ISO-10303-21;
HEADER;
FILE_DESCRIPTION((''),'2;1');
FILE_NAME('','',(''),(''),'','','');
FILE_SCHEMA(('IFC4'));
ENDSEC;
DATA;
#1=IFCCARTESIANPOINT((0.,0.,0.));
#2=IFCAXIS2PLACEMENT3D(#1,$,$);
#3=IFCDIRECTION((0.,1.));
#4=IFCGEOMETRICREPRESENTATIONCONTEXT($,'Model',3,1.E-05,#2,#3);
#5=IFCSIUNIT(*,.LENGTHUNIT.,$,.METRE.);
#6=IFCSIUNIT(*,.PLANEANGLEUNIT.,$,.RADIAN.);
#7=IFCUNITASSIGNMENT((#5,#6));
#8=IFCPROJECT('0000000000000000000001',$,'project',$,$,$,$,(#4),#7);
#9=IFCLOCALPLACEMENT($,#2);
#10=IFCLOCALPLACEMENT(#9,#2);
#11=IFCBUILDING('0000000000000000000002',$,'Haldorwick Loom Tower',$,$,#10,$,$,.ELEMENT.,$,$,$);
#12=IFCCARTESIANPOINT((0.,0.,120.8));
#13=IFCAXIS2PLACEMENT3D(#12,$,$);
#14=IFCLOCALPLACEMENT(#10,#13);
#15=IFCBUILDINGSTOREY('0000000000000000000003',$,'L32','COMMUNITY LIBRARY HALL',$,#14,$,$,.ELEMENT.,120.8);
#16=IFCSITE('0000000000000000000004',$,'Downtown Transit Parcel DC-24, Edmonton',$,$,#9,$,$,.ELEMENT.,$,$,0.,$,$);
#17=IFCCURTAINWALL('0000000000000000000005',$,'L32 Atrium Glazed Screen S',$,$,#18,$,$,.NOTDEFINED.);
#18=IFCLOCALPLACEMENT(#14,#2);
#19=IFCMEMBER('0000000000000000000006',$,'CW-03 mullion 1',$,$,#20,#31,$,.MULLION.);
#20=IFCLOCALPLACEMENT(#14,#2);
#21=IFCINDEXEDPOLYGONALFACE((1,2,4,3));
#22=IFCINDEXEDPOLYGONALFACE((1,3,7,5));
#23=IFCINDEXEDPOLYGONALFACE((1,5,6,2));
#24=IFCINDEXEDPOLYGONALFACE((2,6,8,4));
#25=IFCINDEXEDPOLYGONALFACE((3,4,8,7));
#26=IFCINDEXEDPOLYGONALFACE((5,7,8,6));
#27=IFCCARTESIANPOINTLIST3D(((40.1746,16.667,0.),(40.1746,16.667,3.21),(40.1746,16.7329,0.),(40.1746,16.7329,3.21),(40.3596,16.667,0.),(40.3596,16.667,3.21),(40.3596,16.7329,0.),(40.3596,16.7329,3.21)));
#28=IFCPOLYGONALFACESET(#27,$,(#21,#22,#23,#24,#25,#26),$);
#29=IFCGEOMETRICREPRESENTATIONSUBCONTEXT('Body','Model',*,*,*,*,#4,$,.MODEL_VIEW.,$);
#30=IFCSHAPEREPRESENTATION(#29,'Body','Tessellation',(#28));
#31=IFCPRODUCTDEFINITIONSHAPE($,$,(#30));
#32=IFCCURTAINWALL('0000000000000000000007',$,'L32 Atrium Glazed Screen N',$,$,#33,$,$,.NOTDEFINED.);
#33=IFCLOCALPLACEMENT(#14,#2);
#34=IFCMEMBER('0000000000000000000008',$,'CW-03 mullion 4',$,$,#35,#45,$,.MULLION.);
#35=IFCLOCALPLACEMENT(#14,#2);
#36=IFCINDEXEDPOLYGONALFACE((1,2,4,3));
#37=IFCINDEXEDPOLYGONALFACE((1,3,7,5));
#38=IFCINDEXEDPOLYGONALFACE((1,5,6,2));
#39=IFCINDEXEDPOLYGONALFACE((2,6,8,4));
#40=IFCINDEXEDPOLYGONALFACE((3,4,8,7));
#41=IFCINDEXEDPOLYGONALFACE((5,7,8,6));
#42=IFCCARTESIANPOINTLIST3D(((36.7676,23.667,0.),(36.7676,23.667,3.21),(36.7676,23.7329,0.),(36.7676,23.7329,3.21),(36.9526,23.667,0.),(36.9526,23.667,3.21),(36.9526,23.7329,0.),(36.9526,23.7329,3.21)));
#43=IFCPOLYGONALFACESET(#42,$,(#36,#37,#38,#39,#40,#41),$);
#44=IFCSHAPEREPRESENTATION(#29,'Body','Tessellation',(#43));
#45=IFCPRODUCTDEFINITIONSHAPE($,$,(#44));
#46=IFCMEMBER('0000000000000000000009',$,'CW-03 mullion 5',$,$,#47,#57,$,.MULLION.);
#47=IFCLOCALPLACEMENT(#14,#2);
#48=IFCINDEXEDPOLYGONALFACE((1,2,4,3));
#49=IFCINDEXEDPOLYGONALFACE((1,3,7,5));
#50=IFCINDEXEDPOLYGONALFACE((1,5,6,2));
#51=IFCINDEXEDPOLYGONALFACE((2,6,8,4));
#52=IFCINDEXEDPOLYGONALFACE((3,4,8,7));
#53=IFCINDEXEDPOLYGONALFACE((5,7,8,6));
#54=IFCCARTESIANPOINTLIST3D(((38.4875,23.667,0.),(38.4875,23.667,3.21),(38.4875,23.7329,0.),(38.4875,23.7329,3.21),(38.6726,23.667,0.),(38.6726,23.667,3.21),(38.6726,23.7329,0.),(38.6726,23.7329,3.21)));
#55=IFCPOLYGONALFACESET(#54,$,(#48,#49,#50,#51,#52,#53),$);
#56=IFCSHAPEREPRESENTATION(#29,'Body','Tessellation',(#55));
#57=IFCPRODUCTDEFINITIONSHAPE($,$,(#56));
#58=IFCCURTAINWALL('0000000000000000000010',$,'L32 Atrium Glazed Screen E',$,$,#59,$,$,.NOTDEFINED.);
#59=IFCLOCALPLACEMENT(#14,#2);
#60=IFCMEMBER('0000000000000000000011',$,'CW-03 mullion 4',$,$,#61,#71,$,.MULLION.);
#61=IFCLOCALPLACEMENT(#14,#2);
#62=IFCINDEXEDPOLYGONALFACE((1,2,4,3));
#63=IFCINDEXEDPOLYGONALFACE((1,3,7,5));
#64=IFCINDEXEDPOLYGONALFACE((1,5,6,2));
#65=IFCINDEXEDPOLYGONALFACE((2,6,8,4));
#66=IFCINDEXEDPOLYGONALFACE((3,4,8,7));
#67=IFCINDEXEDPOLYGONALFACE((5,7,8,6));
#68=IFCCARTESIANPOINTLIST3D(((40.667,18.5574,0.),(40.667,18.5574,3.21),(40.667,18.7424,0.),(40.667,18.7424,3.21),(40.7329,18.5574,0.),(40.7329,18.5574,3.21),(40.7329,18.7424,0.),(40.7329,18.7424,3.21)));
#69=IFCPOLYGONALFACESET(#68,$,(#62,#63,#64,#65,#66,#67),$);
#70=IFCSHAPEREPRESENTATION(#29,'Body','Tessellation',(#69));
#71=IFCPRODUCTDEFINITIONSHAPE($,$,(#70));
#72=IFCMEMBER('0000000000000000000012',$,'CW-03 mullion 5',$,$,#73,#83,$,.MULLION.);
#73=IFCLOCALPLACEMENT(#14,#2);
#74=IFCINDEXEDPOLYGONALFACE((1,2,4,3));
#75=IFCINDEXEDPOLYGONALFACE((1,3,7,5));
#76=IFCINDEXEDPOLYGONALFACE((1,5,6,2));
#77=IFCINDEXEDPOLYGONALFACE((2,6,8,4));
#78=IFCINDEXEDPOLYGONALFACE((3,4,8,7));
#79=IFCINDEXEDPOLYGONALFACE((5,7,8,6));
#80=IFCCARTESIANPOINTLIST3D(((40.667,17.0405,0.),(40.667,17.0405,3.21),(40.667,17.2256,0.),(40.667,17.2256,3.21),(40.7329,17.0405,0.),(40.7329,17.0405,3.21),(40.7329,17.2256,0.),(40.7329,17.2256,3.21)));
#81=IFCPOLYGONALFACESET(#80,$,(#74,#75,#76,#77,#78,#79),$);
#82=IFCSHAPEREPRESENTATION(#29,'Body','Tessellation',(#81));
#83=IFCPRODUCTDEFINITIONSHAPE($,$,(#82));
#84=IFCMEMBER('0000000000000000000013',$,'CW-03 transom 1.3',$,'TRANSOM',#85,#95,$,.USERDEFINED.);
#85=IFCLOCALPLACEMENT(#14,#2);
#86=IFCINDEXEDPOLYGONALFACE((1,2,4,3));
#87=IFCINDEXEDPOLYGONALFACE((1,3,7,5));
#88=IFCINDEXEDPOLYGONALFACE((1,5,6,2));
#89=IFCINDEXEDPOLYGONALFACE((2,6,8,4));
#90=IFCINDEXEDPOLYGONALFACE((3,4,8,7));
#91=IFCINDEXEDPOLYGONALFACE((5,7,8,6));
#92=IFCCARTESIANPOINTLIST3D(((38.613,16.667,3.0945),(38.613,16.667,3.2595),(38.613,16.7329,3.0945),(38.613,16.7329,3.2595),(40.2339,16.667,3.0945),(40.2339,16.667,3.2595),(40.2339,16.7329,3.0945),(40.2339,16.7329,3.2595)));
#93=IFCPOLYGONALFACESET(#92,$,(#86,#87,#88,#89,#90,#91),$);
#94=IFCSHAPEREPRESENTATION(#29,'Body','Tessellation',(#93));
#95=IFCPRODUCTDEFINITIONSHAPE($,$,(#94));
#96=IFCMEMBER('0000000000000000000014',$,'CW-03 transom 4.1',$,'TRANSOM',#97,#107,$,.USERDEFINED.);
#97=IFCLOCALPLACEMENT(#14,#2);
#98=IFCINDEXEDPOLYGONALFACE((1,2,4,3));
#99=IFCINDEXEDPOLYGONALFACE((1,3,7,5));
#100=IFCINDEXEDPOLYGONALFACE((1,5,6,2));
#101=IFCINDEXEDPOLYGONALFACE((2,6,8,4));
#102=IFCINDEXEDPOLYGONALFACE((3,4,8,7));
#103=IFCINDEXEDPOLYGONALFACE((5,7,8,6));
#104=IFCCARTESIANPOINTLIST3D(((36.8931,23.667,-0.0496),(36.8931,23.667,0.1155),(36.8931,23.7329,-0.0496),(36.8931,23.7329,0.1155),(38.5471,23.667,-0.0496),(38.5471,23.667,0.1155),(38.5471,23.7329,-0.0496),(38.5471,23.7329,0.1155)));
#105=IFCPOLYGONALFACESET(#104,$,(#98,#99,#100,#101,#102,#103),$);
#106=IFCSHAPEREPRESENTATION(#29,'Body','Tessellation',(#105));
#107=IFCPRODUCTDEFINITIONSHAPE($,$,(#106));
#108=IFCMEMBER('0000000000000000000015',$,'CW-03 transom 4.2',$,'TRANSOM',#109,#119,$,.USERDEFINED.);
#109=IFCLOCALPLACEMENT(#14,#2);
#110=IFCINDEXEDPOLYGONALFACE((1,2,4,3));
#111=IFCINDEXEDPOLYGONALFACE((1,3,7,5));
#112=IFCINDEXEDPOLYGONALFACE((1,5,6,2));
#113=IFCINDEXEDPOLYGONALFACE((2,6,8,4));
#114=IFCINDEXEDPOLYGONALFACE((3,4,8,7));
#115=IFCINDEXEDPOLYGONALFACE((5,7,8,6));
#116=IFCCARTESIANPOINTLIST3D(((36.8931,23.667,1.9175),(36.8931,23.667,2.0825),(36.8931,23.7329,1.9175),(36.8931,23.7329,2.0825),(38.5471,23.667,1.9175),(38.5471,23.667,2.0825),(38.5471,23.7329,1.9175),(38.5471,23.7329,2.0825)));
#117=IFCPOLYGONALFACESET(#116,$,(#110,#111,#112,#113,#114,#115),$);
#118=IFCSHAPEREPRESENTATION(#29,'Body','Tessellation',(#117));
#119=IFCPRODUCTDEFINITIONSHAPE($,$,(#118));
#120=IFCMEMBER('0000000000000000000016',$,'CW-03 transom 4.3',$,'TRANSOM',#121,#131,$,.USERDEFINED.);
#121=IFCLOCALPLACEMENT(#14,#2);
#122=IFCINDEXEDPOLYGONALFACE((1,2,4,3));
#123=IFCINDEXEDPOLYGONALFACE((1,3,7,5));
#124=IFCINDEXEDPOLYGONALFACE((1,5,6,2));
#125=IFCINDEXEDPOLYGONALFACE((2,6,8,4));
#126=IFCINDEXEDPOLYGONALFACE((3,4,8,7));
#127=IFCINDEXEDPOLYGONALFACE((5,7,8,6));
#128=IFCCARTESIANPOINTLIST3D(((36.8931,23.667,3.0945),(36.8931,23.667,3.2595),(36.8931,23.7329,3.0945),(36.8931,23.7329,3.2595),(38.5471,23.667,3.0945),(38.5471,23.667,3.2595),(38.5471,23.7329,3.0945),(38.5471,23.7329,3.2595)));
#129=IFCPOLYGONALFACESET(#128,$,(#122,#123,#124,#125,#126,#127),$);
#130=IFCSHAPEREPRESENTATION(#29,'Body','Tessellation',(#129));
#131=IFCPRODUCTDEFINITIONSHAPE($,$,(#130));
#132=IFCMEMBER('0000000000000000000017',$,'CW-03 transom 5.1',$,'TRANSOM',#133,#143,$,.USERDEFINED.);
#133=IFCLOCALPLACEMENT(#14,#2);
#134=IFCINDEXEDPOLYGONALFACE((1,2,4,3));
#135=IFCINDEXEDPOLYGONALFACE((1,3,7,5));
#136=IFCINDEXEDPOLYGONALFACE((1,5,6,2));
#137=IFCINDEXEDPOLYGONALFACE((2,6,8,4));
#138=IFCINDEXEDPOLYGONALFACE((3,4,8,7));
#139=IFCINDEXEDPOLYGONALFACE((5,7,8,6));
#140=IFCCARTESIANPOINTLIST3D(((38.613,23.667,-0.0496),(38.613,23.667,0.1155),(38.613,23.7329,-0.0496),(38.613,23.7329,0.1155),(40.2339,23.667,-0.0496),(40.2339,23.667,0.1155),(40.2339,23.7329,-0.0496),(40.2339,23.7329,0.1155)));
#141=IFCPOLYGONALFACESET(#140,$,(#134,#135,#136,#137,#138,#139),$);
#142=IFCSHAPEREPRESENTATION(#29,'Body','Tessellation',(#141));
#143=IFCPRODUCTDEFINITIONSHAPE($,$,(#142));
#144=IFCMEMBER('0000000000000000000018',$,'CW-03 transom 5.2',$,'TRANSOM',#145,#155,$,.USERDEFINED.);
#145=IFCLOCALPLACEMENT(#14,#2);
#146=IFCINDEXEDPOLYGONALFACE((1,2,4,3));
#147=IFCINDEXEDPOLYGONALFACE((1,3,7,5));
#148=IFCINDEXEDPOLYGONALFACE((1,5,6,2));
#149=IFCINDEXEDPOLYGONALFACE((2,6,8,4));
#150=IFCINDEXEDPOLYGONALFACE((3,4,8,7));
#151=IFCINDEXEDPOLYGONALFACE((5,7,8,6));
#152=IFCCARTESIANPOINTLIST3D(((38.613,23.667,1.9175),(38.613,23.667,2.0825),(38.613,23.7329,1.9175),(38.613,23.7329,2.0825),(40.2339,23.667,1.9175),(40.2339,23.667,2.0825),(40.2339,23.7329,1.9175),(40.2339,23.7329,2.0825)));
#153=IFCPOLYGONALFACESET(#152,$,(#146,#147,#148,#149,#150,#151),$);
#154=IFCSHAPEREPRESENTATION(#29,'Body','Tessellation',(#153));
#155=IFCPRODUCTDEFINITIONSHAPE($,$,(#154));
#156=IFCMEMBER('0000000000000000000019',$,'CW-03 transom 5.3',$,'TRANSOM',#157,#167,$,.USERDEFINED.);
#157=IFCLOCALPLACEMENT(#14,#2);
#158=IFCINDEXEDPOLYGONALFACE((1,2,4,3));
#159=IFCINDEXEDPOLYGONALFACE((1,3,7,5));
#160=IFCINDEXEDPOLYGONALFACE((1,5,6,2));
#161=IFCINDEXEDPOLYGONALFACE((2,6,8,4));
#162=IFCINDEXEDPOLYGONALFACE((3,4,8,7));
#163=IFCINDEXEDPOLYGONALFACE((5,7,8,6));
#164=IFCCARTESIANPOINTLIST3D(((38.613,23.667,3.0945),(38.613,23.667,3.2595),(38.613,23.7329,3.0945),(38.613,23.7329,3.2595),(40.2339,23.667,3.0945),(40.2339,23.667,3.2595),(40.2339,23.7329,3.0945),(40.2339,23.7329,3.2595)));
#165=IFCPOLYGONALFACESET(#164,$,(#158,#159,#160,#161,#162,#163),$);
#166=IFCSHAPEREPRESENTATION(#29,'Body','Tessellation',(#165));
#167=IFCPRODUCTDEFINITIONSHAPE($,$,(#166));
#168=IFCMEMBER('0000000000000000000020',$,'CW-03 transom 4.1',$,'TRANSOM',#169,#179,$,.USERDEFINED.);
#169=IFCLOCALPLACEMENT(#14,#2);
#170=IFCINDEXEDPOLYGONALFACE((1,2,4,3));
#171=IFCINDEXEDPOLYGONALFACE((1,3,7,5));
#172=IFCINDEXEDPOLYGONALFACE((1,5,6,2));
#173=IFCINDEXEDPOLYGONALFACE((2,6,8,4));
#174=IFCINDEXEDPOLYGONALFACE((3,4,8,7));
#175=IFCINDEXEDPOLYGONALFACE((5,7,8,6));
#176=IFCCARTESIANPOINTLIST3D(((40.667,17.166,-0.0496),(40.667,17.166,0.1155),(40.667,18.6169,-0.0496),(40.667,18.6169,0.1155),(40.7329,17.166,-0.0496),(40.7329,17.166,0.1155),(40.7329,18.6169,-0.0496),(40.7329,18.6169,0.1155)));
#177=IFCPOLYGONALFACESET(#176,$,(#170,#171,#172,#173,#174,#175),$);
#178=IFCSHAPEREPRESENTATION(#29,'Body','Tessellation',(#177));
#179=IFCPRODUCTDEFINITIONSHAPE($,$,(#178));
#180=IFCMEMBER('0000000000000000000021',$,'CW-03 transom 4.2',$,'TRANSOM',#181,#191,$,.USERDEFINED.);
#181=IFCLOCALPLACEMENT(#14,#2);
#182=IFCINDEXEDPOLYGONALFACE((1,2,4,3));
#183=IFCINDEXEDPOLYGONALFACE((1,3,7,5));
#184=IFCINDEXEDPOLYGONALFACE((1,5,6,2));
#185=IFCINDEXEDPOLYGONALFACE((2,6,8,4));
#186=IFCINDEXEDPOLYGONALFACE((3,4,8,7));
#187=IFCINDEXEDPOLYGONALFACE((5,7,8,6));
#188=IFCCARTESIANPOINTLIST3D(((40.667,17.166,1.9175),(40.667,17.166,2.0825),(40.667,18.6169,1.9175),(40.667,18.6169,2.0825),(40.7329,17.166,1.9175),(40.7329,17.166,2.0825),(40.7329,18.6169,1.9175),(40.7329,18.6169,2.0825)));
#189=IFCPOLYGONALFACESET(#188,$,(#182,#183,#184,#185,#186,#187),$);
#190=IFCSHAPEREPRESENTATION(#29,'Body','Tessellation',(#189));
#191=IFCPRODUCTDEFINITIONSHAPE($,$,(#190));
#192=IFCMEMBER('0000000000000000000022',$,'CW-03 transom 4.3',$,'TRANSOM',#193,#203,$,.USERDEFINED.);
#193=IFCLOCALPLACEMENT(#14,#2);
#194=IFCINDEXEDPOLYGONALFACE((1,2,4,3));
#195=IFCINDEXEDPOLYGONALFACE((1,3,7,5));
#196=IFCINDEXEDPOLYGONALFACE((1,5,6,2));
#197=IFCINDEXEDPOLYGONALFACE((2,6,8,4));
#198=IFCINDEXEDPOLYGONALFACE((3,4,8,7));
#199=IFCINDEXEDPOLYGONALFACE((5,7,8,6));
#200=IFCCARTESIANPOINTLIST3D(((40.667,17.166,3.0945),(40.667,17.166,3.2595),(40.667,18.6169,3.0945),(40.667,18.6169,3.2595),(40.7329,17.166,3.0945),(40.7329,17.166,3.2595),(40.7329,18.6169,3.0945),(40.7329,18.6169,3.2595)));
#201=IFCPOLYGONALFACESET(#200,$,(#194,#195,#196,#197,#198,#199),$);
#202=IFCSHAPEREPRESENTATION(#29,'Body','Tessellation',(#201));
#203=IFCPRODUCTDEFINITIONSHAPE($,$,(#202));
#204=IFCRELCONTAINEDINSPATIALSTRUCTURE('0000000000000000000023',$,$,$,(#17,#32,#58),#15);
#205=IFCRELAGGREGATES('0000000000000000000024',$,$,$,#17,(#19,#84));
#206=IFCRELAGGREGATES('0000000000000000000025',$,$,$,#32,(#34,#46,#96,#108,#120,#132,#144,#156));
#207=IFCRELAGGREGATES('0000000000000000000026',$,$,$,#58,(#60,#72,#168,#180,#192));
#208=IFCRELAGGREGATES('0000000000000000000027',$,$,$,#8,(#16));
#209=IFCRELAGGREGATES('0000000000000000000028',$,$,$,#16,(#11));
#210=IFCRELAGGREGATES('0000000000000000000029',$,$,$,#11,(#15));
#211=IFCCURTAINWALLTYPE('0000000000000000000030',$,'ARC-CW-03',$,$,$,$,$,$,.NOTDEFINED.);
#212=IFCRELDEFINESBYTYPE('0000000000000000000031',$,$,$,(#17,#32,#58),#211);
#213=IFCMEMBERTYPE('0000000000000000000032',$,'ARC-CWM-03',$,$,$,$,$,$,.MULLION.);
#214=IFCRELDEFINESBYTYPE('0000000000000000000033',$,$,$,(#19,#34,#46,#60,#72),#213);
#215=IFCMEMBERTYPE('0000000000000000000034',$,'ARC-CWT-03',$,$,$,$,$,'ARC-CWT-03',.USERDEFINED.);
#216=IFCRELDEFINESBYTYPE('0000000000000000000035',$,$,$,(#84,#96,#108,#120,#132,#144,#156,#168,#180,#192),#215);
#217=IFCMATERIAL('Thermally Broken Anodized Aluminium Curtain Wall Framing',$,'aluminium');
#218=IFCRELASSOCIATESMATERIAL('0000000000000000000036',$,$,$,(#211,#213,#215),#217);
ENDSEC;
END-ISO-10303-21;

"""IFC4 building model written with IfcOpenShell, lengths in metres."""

from ifc_helpers import new_model, si_unit, direction, frame, origin, origin_2d, place, context, subcontext, project, spatial, rectangle, extrude, material, material_profile, profile_set, type_object, element, aggregate, save


model = new_model("IFC4")

# Units and contexts
model_context = context("Model", 3, precision=1e-05, world=origin(), true_north=direction((0.0, 1.0)))
body_context = subcontext(model_context, "Body", "Model", "MODEL_VIEW")
ifc_project = project(units=[si_unit("LENGTHUNIT", "METRE"), si_unit("PLANEANGLEUNIT", "RADIAN")], contexts=[model_context])

# Site, building, storey
site_placement = place(None, origin())
site = spatial("IfcSite", under=ifc_project, at=site_placement, Name="Downtown Transit Parcel DC-24, Edmonton", CompositionType="ELEMENT", RefElevation=0.0)
building_placement = place(site_placement, origin())
building = spatial("IfcBuilding", under=site, at=building_placement, Name="Haldorwick Loom Tower", CompositionType="ELEMENT")
storey_placement = place(building_placement, frame((0.0, 0.0, 120.8)))
storey = spatial("IfcBuildingStorey", under=building, at=storey_placement, Name="L32", Description="COMMUNITY LIBRARY HALL", CompositionType="ELEMENT", Elevation=120.8)

# Curtain wall, member
ifc_material_1 = material(Name="Thermally Broken Anodized Aluminium Curtain Wall Framing", Category="aluminium")
curtain_wall_type = type_object("IfcCurtainWallType", Name="ARC-CW-03", PredefinedType="NOTDEFINED", material=ifc_material_1)
curtain_wall_1_placement = place(storey_placement, origin())
curtain_wall_1 = element("IfcCurtainWall", 1, at=curtain_wall_1_placement, inside=storey, type_object=curtain_wall_type, Name="L32 Atrium Glazed Screen S", PredefinedType="NOTDEFINED")
ifc_material_profile_1 = material_profile(ifc_material_1, rectangle(XDim=0.0659, YDim=0.1851, at=origin_2d()), Name="ALU_MUL_66X185", Category="aluminium")
ifc_profile_set_1 = profile_set([ifc_material_profile_1], Name="Thermally Broken Anodized Aluminium Curtain Wall Framing")
member_type_1 = type_object("IfcMemberType", Name="ARC-CWM-03", PredefinedType="MULLION", material=ifc_profile_set_1)
member_1_placement = place(storey_placement, frame((40.2671, 16.7, 0.0), z_axis=(0.0, 0.0, 1.0), x_axis=(0.0, -1.0, 0.0)))
member_1 = element("IfcMember", 2, at=member_1_placement, type_object=member_type_1, Name="CW-03 mullion 1", PredefinedType="MULLION", context=body_context, shape_type="SweptSolid", body=[
    extrude(rectangle(XDim=0.0659, YDim=0.1851, at=origin_2d()), origin(), (0.0, 0.0, 1.0), 3.21),
])

# Curtain walls, members
curtain_wall_2_placement = place(storey_placement, origin())
curtain_wall_2 = element("IfcCurtainWall", 3, at=curtain_wall_2_placement, inside=storey, type_object=curtain_wall_type, Name="L32 Atrium Glazed Screen N", PredefinedType="NOTDEFINED")
member_2_placement = place(storey_placement, frame((36.8601, 23.7, 0.0), z_axis=(0.0, 0.0, 1.0), x_axis=(0.0, 1.0, 0.0)))
member_2 = element("IfcMember", 4, at=member_2_placement, type_object=member_type_1, Name="CW-03 mullion 4", PredefinedType="MULLION", context=body_context, shape_type="SweptSolid", body=[
    extrude(rectangle(XDim=0.0659, YDim=0.1851, at=origin_2d()), origin(), (0.0, 0.0, 1.0), 3.21),
])
member_3_placement = place(storey_placement, frame((38.5801, 23.7, 0.0), z_axis=(0.0, 0.0, 1.0), x_axis=(0.0, 1.0, 0.0)))
member_3 = element("IfcMember", 5, at=member_3_placement, type_object=member_type_1, Name="CW-03 mullion 5", PredefinedType="MULLION", context=body_context, shape_type="SweptSolid", body=[
    extrude(rectangle(XDim=0.0659, YDim=0.1851, at=origin_2d()), origin(), (0.0, 0.0, 1.0), 3.21),
])
curtain_wall_3_placement = place(storey_placement, origin())
curtain_wall_3 = element("IfcCurtainWall", 6, at=curtain_wall_3_placement, inside=storey, type_object=curtain_wall_type, Name="L32 Atrium Glazed Screen E", PredefinedType="NOTDEFINED")
member_4_placement = place(storey_placement, frame((40.7, 18.6499, 0.0), z_axis=(0.0, 0.0, 1.0), x_axis=(1.0, 0.0, 0.0)))
member_4 = element("IfcMember", 7, at=member_4_placement, type_object=member_type_1, Name="CW-03 mullion 4", PredefinedType="MULLION", context=body_context, shape_type="SweptSolid", body=[
    extrude(rectangle(XDim=0.0659, YDim=0.1851, at=origin_2d()), origin(), (0.0, 0.0, 1.0), 3.21),
])
member_5_placement = place(storey_placement, frame((40.7, 17.1331, 0.0), z_axis=(0.0, 0.0, 1.0), x_axis=(1.0, 0.0, 0.0)))
member_5 = element("IfcMember", 8, at=member_5_placement, type_object=member_type_1, Name="CW-03 mullion 5", PredefinedType="MULLION", context=body_context, shape_type="SweptSolid", body=[
    extrude(rectangle(XDim=0.0659, YDim=0.1851, at=origin_2d()), origin(), (0.0, 0.0, 1.0), 3.21),
])

# Members
ifc_material_profile_2 = material_profile(ifc_material_1, rectangle(XDim=0.0659, YDim=0.165, at=origin_2d()), Name="ALU_TRN_66X165", Category="aluminium")
ifc_profile_set_2 = profile_set([ifc_material_profile_2], Name="Thermally Broken Anodized Aluminium Curtain Wall Framing")
member_type_2 = type_object("IfcMemberType", Name="ARC-CWT-03", ElementType="ARC-CWT-03", PredefinedType="USERDEFINED", material=ifc_profile_set_2)
member_6_placement = place(storey_placement, frame((40.2339, 16.7, 3.177), z_axis=(-1.0, 0.0, 0.0), x_axis=(0.0, -1.0, 0.0)))
member_6 = element("IfcMember", 9, at=member_6_placement, type_object=member_type_2, Name="CW-03 transom 1.3", ObjectType="TRANSOM", PredefinedType="USERDEFINED", context=body_context, shape_type="SweptSolid", body=[
    extrude(rectangle(XDim=0.0659, YDim=0.165, at=origin_2d()), origin(), (0.0, 0.0, 1.0), 1.6208),
])
aggregate(curtain_wall_1, [member_1, member_6])
member_7_placement = place(storey_placement, frame((36.8931, 23.7, 0.033), z_axis=(1.0, 0.0, 0.0), x_axis=(0.0, 1.0, 0.0)))
member_7 = element("IfcMember", 10, at=member_7_placement, type_object=member_type_2, Name="CW-03 transom 4.1", ObjectType="TRANSOM", PredefinedType="USERDEFINED", context=body_context, shape_type="SweptSolid", body=[
    extrude(rectangle(XDim=0.0659, YDim=0.165, at=origin_2d()), origin(), (0.0, 0.0, 1.0), 1.6541),
])
member_8_placement = place(storey_placement, frame((36.8931, 23.7, 2.0), z_axis=(1.0, 0.0, 0.0), x_axis=(0.0, 1.0, 0.0)))
member_8 = element("IfcMember", 11, at=member_8_placement, type_object=member_type_2, Name="CW-03 transom 4.2", ObjectType="TRANSOM", PredefinedType="USERDEFINED", context=body_context, shape_type="SweptSolid", body=[
    extrude(rectangle(XDim=0.0659, YDim=0.165, at=origin_2d()), origin(), (0.0, 0.0, 1.0), 1.6541),
])
member_9_placement = place(storey_placement, frame((36.8931, 23.7, 3.177), z_axis=(1.0, 0.0, 0.0), x_axis=(0.0, 1.0, 0.0)))
member_9 = element("IfcMember", 12, at=member_9_placement, type_object=member_type_2, Name="CW-03 transom 4.3", ObjectType="TRANSOM", PredefinedType="USERDEFINED", context=body_context, shape_type="SweptSolid", body=[
    extrude(rectangle(XDim=0.0659, YDim=0.165, at=origin_2d()), origin(), (0.0, 0.0, 1.0), 1.6541),
])
member_10_placement = place(storey_placement, frame((38.613, 23.7, 0.033), z_axis=(1.0, 0.0, 0.0), x_axis=(0.0, 1.0, 0.0)))
member_10 = element("IfcMember", 13, at=member_10_placement, type_object=member_type_2, Name="CW-03 transom 5.1", ObjectType="TRANSOM", PredefinedType="USERDEFINED", context=body_context, shape_type="SweptSolid", body=[
    extrude(rectangle(XDim=0.0659, YDim=0.165, at=origin_2d()), origin(), (0.0, 0.0, 1.0), 1.6208),
])
member_11_placement = place(storey_placement, frame((38.613, 23.7, 2.0), z_axis=(1.0, 0.0, 0.0), x_axis=(0.0, 1.0, 0.0)))
member_11 = element("IfcMember", 14, at=member_11_placement, type_object=member_type_2, Name="CW-03 transom 5.2", ObjectType="TRANSOM", PredefinedType="USERDEFINED", context=body_context, shape_type="SweptSolid", body=[
    extrude(rectangle(XDim=0.0659, YDim=0.165, at=origin_2d()), origin(), (0.0, 0.0, 1.0), 1.6208),
])
member_12_placement = place(storey_placement, frame((38.613, 23.7, 3.177), z_axis=(1.0, 0.0, 0.0), x_axis=(0.0, 1.0, 0.0)))
member_12 = element("IfcMember", 15, at=member_12_placement, type_object=member_type_2, Name="CW-03 transom 5.3", ObjectType="TRANSOM", PredefinedType="USERDEFINED", context=body_context, shape_type="SweptSolid", body=[
    extrude(rectangle(XDim=0.0659, YDim=0.165, at=origin_2d()), origin(), (0.0, 0.0, 1.0), 1.6208),
])
member_13_placement = place(storey_placement, frame((40.7, 18.6169, 0.033), z_axis=(0.0, -1.0, 0.0), x_axis=(1.0, 0.0, 0.0)))
member_13 = element("IfcMember", 16, at=member_13_placement, type_object=member_type_2, Name="CW-03 transom 4.1", ObjectType="TRANSOM", PredefinedType="USERDEFINED", context=body_context, shape_type="SweptSolid", body=[
    extrude(rectangle(XDim=0.0659, YDim=0.165, at=origin_2d()), origin(), (0.0, 0.0, 1.0), 1.4509),
])
member_14_placement = place(storey_placement, frame((40.7, 18.6169, 2.0), z_axis=(0.0, -1.0, 0.0), x_axis=(1.0, 0.0, 0.0)))
member_14 = element("IfcMember", 17, at=member_14_placement, type_object=member_type_2, Name="CW-03 transom 4.2", ObjectType="TRANSOM", PredefinedType="USERDEFINED", context=body_context, shape_type="SweptSolid", body=[
    extrude(rectangle(XDim=0.0659, YDim=0.165, at=origin_2d()), origin(), (0.0, 0.0, 1.0), 1.4509),
])
member_15_placement = place(storey_placement, frame((40.7, 18.6169, 3.177), z_axis=(0.0, -1.0, 0.0), x_axis=(1.0, 0.0, 0.0)))
member_15 = element("IfcMember", 18, at=member_15_placement, type_object=member_type_2, Name="CW-03 transom 4.3", ObjectType="TRANSOM", PredefinedType="USERDEFINED", context=body_context, shape_type="SweptSolid", body=[
    extrude(rectangle(XDim=0.0659, YDim=0.165, at=origin_2d()), origin(), (0.0, 0.0, 1.0), 1.4509),
])

aggregate(curtain_wall_2, [member_2, member_3, member_7, member_8, member_9, member_10, member_11, member_12])
aggregate(curtain_wall_3, [member_4, member_5, member_13, member_14, member_15])

save(model, "model.ifc")
